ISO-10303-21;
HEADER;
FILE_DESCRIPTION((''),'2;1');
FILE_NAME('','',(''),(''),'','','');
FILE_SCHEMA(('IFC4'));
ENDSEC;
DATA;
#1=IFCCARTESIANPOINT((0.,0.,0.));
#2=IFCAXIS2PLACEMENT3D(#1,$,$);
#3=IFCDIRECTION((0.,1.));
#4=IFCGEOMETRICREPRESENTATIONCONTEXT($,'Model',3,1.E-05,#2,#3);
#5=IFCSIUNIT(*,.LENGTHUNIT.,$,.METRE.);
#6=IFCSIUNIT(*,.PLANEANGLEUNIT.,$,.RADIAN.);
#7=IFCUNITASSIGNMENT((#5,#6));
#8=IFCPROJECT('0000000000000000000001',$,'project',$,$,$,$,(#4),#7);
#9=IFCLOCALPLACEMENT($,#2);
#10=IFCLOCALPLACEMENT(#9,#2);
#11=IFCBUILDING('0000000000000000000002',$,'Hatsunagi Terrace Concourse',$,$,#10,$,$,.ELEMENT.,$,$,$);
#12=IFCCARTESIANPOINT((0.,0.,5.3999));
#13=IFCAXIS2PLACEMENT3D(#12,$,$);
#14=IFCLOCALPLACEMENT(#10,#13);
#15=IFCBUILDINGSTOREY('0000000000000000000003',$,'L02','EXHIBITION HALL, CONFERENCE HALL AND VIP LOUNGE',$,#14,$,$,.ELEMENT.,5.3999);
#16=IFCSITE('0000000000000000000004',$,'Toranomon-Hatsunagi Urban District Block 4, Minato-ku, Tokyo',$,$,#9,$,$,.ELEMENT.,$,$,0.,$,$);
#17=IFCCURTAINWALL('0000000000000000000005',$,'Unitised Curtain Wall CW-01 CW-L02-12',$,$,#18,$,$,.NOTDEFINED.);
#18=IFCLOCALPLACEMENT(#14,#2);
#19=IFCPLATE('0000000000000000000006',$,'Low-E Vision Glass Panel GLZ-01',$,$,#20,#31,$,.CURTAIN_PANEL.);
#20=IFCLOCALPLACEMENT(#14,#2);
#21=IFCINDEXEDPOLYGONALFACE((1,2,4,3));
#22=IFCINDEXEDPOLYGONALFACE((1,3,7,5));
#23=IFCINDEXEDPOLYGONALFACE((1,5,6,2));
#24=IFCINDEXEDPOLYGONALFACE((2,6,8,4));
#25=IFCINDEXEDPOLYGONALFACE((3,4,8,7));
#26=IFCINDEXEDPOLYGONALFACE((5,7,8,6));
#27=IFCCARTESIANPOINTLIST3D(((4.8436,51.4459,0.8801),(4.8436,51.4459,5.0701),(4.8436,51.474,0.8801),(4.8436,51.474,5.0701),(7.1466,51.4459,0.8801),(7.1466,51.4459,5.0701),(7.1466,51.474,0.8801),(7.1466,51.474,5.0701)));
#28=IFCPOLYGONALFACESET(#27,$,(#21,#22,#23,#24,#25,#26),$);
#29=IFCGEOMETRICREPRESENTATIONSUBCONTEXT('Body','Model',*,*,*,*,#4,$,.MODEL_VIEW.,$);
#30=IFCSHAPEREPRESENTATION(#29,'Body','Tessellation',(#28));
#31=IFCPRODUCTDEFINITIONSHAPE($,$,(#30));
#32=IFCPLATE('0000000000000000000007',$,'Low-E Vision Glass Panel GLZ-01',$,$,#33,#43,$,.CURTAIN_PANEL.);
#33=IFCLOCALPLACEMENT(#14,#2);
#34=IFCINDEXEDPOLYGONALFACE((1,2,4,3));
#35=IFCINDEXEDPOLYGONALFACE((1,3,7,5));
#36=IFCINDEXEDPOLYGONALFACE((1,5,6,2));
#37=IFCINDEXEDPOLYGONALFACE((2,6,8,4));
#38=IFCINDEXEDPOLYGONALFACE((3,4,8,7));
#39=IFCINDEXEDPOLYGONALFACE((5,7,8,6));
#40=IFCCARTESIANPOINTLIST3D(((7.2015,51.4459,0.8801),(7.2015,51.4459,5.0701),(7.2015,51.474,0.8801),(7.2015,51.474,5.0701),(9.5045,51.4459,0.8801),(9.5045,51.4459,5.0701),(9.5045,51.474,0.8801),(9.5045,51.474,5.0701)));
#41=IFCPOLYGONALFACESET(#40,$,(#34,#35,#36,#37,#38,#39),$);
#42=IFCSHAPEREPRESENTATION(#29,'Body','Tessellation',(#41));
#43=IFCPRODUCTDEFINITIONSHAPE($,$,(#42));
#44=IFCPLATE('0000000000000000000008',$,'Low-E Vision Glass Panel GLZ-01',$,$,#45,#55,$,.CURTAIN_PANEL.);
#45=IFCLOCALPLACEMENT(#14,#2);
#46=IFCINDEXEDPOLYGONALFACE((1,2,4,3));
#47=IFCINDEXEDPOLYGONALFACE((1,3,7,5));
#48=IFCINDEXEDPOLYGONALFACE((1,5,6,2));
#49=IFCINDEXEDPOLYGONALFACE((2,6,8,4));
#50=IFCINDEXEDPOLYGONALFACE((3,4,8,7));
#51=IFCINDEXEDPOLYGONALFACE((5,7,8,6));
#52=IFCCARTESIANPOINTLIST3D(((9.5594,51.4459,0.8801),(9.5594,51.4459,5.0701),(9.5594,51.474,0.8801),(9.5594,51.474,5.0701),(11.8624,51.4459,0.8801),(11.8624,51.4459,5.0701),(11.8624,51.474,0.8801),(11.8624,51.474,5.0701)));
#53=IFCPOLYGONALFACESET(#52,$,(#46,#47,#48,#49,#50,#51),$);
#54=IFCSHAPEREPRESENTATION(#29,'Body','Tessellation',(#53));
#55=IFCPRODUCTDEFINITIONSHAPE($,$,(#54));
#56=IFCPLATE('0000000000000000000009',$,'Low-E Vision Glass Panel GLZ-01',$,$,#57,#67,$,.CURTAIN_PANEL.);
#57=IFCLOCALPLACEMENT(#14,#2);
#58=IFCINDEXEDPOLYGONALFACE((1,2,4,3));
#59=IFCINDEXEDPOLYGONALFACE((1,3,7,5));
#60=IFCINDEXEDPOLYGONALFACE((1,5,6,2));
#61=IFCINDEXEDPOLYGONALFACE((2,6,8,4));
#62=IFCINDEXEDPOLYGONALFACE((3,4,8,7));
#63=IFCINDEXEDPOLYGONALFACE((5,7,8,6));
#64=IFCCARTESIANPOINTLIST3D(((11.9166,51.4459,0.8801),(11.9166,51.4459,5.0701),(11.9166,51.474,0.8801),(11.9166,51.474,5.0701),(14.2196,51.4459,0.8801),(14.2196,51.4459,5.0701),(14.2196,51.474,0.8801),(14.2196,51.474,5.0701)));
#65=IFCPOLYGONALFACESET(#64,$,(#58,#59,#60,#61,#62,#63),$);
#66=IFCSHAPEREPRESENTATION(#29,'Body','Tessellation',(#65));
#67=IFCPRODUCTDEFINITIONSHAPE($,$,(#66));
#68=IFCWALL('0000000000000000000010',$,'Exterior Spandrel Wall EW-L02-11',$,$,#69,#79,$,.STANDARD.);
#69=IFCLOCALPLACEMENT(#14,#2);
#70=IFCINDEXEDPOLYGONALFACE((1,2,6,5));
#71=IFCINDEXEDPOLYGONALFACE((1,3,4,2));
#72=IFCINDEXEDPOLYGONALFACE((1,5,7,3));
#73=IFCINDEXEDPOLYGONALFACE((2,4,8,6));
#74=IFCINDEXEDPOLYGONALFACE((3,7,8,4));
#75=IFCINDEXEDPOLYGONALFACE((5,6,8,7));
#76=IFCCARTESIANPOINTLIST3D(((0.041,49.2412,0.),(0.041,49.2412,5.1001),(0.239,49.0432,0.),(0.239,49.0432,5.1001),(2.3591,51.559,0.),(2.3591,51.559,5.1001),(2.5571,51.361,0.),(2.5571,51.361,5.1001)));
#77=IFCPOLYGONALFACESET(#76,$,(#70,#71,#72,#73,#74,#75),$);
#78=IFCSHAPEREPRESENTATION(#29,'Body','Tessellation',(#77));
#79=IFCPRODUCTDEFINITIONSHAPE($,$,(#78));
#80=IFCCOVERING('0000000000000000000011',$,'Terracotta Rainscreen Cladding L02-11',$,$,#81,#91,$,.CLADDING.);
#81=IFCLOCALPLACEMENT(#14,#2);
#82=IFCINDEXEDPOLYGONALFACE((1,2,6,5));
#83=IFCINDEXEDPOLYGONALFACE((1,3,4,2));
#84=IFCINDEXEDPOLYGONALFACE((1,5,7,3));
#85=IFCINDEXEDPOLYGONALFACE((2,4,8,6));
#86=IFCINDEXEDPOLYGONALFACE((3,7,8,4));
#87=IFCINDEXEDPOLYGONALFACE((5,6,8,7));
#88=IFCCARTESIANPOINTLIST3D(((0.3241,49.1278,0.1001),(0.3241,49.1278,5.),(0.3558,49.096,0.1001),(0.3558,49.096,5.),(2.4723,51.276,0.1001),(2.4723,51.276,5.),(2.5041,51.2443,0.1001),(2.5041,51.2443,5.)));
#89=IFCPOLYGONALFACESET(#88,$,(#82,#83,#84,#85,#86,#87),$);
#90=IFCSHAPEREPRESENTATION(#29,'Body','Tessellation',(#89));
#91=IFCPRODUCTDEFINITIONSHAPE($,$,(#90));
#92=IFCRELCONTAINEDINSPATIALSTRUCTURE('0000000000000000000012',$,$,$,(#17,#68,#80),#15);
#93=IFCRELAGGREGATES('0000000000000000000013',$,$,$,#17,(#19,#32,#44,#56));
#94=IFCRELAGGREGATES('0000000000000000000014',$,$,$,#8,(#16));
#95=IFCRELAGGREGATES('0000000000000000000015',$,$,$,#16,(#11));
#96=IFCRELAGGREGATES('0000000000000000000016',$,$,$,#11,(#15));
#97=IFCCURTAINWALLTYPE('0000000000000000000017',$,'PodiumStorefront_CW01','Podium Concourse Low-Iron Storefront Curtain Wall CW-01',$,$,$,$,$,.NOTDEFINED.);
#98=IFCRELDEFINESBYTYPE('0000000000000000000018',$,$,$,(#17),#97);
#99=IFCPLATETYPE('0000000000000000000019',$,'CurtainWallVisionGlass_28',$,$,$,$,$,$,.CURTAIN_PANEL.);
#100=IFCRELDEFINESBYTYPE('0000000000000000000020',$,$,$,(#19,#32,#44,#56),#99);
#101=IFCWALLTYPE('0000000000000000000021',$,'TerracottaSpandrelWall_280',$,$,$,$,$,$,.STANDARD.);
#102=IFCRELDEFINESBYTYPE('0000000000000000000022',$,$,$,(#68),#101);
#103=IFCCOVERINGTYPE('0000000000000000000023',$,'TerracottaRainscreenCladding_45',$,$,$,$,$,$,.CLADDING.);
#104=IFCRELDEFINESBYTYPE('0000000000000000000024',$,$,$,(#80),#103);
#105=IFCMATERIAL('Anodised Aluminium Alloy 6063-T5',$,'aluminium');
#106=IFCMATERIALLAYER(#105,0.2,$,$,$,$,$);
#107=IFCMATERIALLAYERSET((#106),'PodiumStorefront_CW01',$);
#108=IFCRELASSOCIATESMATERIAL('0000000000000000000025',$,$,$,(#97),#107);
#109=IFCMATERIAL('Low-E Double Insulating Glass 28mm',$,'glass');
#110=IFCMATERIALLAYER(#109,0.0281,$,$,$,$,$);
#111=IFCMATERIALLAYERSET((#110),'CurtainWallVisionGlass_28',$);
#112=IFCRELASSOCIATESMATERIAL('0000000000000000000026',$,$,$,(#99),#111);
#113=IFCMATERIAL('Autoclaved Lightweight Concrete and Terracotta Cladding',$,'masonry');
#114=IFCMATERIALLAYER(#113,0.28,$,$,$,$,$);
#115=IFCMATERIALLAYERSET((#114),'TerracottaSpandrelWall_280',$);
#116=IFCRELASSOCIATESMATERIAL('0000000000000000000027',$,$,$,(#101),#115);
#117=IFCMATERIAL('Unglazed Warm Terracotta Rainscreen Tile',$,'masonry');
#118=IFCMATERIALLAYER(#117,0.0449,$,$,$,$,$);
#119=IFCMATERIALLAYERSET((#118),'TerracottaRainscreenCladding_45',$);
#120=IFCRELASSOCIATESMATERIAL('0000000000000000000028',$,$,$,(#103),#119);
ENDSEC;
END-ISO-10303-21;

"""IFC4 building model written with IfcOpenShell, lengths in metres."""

from ifc_helpers import new_model, si_unit, direction, frame, frame_2d, origin, origin_2d, place, context, subcontext, project, spatial, rectangle, extrude, material, layer, layer_set, type_object, element, aggregate, save


model = new_model("IFC4")

# Units and contexts
model_context = context("Model", 3, precision=1e-05, world=origin(), true_north=direction((0.0, 1.0)))
body_context = subcontext(model_context, "Body", "Model", "MODEL_VIEW")
ifc_project = project(units=[si_unit("LENGTHUNIT", "METRE"), si_unit("PLANEANGLEUNIT", "RADIAN")], contexts=[model_context])

# Site, building, storey
site_placement = place(None, origin())
site = spatial("IfcSite", under=ifc_project, at=site_placement, Name="Toranomon-Hatsunagi Urban District Block 4, Minato-ku, Tokyo", CompositionType="ELEMENT", RefElevation=0.0)
building_placement = place(site_placement, origin())
building = spatial("IfcBuilding", under=site, at=building_placement, Name="Hatsunagi Terrace Concourse", CompositionType="ELEMENT")
storey_placement = place(building_placement, frame((0.0, 0.0, 5.3999)))
storey = spatial("IfcBuildingStorey", under=building, at=storey_placement, Name="L02", Description="EXHIBITION HALL, CONFERENCE HALL AND VIP LOUNGE", CompositionType="ELEMENT", Elevation=5.3999)

# Shared definitions
ifc_material_1 = material(Name="Anodised Aluminium Alloy 6063-T5", Category="aluminium")
ifc_layer_1 = layer(ifc_material_1, 0.2)
ifc_layer_set_1 = layer_set([ifc_layer_1], Name="PodiumStorefront_CW01")
curtain_wall_type = type_object("IfcCurtainWallType", Name="PodiumStorefront_CW01", Description="Podium Concourse Low-Iron Storefront Curtain Wall CW-01", PredefinedType="NOTDEFINED", material=ifc_layer_set_1)

# Curtain wall
curtain_wall_1_placement = place(storey_placement, origin())
curtain_wall_1 = element("IfcCurtainWall", 1, at=curtain_wall_1_placement, inside=storey, type_object=curtain_wall_type, Name="Unitised Curtain Wall CW-01 CW-L02-12", PredefinedType="NOTDEFINED")

# Plates
ifc_material_2 = material(Name="Low-E Double Insulating Glass 28mm", Category="glass")
ifc_layer_2 = layer(ifc_material_2, 0.0281)
ifc_layer_set_2 = layer_set([ifc_layer_2], Name="CurtainWallVisionGlass_28")
plate_type_1 = type_object("IfcPlateType", Name="CurtainWallVisionGlass_28", PredefinedType="CURTAIN_PANEL", material=ifc_layer_set_2)
plate_1_placement = place(storey_placement, frame((5.9951, 51.46, 0.8801), z_axis=(0.0, 0.0, 1.0), x_axis=(1.0, 0.0, 0.0)))
plate_1 = element("IfcPlate", 2, at=plate_1_placement, type_object=plate_type_1, Name="Low-E Vision Glass Panel GLZ-01", PredefinedType="CURTAIN_PANEL", context=body_context, shape_type="SweptSolid", body=[
    extrude(rectangle(XDim=2.303, YDim=0.0281, at=origin_2d()), origin(), (0.0, 0.0, 1.0), 4.1899),
])
plate_2_placement = place(storey_placement, frame((8.353, 51.46, 0.8801), z_axis=(0.0, 0.0, 1.0), x_axis=(1.0, 0.0, 0.0)))
plate_2 = element("IfcPlate", 3, at=plate_2_placement, type_object=plate_type_1, Name="Low-E Vision Glass Panel GLZ-01", PredefinedType="CURTAIN_PANEL", context=body_context, shape_type="SweptSolid", body=[
    extrude(rectangle(XDim=2.303, YDim=0.0281, at=origin_2d()), origin(), (0.0, 0.0, 1.0), 4.1899),
])
plate_3_placement = place(storey_placement, frame((10.7109, 51.46, 0.8801), z_axis=(0.0, 0.0, 1.0), x_axis=(1.0, 0.0, 0.0)))
plate_3 = element("IfcPlate", 4, at=plate_3_placement, type_object=plate_type_1, Name="Low-E Vision Glass Panel GLZ-01", PredefinedType="CURTAIN_PANEL", context=body_context, shape_type="SweptSolid", body=[
    extrude(rectangle(XDim=2.303, YDim=0.0281, at=origin_2d()), origin(), (0.0, 0.0, 1.0), 4.1899),
])
plate_4_placement = place(storey_placement, frame((13.0681, 51.46, 0.8801), z_axis=(0.0, 0.0, 1.0), x_axis=(1.0, 0.0, 0.0)))
plate_4 = element("IfcPlate", 5, at=plate_4_placement, type_object=plate_type_1, Name="Low-E Vision Glass Panel GLZ-01", PredefinedType="CURTAIN_PANEL", context=body_context, shape_type="SweptSolid", body=[
    extrude(rectangle(XDim=2.303, YDim=0.0281, at=origin_2d()), origin(), (0.0, 0.0, 1.0), 4.1899),
])
aggregate(curtain_wall_1, [plate_1, plate_2, plate_3, plate_4])

# Wall
ifc_material_3 = material(Name="Autoclaved Lightweight Concrete and Terracotta Cladding", Category="masonry")
ifc_layer_3 = layer(ifc_material_3, 0.28)
ifc_layer_set_3 = layer_set([ifc_layer_3], Name="TerracottaSpandrelWall_280")
wall_type = type_object("IfcWallType", Name="TerracottaSpandrelWall_280", PredefinedType="STANDARD", material=ifc_layer_set_3)
wall_placement = place(storey_placement, frame((0.1399, 49.1421, 0.0), z_axis=(0.0, 0.0, 1.0), x_axis=(0.707144, 0.70707, 0.0)))
element("IfcWall", 6, at=wall_placement, inside=storey, type_object=wall_type, Name="Exterior Spandrel Wall EW-L02-11", PredefinedType="STANDARD", context=body_context, shape_type="SweptSolid", body=[
    extrude(rectangle(XDim=3.2781, YDim=0.28, at=frame_2d((1.6392, 0.0))), origin(), (0.0, 0.0, 1.0), 5.1001),
])

# Covering
ifc_material_4 = material(Name="Unglazed Warm Terracotta Rainscreen Tile", Category="masonry")
ifc_layer_4 = layer(ifc_material_4, 0.0449)
ifc_layer_set_4 = layer_set([ifc_layer_4], Name="TerracottaRainscreenCladding_45")
covering_type = type_object("IfcCoveringType", Name="TerracottaRainscreenCladding_45", PredefinedType="CLADDING", material=ifc_layer_set_4)
covering_placement = place(storey_placement, frame((1.4141, 50.186, 0.1001), z_axis=(0.0, 0.0, 1.0), x_axis=(0.707107, 0.707107, 0.0)))
element("IfcCovering", 7, at=covering_placement, inside=storey, type_object=covering_type, Name="Terracotta Rainscreen Cladding L02-11", PredefinedType="CLADDING", context=body_context, shape_type="SweptSolid", body=[
    extrude(rectangle(XDim=3.0381, YDim=0.0449, at=origin_2d()), origin(), (0.0, 0.0, 1.0), 4.8999),
])

save(model, "model.ifc")
